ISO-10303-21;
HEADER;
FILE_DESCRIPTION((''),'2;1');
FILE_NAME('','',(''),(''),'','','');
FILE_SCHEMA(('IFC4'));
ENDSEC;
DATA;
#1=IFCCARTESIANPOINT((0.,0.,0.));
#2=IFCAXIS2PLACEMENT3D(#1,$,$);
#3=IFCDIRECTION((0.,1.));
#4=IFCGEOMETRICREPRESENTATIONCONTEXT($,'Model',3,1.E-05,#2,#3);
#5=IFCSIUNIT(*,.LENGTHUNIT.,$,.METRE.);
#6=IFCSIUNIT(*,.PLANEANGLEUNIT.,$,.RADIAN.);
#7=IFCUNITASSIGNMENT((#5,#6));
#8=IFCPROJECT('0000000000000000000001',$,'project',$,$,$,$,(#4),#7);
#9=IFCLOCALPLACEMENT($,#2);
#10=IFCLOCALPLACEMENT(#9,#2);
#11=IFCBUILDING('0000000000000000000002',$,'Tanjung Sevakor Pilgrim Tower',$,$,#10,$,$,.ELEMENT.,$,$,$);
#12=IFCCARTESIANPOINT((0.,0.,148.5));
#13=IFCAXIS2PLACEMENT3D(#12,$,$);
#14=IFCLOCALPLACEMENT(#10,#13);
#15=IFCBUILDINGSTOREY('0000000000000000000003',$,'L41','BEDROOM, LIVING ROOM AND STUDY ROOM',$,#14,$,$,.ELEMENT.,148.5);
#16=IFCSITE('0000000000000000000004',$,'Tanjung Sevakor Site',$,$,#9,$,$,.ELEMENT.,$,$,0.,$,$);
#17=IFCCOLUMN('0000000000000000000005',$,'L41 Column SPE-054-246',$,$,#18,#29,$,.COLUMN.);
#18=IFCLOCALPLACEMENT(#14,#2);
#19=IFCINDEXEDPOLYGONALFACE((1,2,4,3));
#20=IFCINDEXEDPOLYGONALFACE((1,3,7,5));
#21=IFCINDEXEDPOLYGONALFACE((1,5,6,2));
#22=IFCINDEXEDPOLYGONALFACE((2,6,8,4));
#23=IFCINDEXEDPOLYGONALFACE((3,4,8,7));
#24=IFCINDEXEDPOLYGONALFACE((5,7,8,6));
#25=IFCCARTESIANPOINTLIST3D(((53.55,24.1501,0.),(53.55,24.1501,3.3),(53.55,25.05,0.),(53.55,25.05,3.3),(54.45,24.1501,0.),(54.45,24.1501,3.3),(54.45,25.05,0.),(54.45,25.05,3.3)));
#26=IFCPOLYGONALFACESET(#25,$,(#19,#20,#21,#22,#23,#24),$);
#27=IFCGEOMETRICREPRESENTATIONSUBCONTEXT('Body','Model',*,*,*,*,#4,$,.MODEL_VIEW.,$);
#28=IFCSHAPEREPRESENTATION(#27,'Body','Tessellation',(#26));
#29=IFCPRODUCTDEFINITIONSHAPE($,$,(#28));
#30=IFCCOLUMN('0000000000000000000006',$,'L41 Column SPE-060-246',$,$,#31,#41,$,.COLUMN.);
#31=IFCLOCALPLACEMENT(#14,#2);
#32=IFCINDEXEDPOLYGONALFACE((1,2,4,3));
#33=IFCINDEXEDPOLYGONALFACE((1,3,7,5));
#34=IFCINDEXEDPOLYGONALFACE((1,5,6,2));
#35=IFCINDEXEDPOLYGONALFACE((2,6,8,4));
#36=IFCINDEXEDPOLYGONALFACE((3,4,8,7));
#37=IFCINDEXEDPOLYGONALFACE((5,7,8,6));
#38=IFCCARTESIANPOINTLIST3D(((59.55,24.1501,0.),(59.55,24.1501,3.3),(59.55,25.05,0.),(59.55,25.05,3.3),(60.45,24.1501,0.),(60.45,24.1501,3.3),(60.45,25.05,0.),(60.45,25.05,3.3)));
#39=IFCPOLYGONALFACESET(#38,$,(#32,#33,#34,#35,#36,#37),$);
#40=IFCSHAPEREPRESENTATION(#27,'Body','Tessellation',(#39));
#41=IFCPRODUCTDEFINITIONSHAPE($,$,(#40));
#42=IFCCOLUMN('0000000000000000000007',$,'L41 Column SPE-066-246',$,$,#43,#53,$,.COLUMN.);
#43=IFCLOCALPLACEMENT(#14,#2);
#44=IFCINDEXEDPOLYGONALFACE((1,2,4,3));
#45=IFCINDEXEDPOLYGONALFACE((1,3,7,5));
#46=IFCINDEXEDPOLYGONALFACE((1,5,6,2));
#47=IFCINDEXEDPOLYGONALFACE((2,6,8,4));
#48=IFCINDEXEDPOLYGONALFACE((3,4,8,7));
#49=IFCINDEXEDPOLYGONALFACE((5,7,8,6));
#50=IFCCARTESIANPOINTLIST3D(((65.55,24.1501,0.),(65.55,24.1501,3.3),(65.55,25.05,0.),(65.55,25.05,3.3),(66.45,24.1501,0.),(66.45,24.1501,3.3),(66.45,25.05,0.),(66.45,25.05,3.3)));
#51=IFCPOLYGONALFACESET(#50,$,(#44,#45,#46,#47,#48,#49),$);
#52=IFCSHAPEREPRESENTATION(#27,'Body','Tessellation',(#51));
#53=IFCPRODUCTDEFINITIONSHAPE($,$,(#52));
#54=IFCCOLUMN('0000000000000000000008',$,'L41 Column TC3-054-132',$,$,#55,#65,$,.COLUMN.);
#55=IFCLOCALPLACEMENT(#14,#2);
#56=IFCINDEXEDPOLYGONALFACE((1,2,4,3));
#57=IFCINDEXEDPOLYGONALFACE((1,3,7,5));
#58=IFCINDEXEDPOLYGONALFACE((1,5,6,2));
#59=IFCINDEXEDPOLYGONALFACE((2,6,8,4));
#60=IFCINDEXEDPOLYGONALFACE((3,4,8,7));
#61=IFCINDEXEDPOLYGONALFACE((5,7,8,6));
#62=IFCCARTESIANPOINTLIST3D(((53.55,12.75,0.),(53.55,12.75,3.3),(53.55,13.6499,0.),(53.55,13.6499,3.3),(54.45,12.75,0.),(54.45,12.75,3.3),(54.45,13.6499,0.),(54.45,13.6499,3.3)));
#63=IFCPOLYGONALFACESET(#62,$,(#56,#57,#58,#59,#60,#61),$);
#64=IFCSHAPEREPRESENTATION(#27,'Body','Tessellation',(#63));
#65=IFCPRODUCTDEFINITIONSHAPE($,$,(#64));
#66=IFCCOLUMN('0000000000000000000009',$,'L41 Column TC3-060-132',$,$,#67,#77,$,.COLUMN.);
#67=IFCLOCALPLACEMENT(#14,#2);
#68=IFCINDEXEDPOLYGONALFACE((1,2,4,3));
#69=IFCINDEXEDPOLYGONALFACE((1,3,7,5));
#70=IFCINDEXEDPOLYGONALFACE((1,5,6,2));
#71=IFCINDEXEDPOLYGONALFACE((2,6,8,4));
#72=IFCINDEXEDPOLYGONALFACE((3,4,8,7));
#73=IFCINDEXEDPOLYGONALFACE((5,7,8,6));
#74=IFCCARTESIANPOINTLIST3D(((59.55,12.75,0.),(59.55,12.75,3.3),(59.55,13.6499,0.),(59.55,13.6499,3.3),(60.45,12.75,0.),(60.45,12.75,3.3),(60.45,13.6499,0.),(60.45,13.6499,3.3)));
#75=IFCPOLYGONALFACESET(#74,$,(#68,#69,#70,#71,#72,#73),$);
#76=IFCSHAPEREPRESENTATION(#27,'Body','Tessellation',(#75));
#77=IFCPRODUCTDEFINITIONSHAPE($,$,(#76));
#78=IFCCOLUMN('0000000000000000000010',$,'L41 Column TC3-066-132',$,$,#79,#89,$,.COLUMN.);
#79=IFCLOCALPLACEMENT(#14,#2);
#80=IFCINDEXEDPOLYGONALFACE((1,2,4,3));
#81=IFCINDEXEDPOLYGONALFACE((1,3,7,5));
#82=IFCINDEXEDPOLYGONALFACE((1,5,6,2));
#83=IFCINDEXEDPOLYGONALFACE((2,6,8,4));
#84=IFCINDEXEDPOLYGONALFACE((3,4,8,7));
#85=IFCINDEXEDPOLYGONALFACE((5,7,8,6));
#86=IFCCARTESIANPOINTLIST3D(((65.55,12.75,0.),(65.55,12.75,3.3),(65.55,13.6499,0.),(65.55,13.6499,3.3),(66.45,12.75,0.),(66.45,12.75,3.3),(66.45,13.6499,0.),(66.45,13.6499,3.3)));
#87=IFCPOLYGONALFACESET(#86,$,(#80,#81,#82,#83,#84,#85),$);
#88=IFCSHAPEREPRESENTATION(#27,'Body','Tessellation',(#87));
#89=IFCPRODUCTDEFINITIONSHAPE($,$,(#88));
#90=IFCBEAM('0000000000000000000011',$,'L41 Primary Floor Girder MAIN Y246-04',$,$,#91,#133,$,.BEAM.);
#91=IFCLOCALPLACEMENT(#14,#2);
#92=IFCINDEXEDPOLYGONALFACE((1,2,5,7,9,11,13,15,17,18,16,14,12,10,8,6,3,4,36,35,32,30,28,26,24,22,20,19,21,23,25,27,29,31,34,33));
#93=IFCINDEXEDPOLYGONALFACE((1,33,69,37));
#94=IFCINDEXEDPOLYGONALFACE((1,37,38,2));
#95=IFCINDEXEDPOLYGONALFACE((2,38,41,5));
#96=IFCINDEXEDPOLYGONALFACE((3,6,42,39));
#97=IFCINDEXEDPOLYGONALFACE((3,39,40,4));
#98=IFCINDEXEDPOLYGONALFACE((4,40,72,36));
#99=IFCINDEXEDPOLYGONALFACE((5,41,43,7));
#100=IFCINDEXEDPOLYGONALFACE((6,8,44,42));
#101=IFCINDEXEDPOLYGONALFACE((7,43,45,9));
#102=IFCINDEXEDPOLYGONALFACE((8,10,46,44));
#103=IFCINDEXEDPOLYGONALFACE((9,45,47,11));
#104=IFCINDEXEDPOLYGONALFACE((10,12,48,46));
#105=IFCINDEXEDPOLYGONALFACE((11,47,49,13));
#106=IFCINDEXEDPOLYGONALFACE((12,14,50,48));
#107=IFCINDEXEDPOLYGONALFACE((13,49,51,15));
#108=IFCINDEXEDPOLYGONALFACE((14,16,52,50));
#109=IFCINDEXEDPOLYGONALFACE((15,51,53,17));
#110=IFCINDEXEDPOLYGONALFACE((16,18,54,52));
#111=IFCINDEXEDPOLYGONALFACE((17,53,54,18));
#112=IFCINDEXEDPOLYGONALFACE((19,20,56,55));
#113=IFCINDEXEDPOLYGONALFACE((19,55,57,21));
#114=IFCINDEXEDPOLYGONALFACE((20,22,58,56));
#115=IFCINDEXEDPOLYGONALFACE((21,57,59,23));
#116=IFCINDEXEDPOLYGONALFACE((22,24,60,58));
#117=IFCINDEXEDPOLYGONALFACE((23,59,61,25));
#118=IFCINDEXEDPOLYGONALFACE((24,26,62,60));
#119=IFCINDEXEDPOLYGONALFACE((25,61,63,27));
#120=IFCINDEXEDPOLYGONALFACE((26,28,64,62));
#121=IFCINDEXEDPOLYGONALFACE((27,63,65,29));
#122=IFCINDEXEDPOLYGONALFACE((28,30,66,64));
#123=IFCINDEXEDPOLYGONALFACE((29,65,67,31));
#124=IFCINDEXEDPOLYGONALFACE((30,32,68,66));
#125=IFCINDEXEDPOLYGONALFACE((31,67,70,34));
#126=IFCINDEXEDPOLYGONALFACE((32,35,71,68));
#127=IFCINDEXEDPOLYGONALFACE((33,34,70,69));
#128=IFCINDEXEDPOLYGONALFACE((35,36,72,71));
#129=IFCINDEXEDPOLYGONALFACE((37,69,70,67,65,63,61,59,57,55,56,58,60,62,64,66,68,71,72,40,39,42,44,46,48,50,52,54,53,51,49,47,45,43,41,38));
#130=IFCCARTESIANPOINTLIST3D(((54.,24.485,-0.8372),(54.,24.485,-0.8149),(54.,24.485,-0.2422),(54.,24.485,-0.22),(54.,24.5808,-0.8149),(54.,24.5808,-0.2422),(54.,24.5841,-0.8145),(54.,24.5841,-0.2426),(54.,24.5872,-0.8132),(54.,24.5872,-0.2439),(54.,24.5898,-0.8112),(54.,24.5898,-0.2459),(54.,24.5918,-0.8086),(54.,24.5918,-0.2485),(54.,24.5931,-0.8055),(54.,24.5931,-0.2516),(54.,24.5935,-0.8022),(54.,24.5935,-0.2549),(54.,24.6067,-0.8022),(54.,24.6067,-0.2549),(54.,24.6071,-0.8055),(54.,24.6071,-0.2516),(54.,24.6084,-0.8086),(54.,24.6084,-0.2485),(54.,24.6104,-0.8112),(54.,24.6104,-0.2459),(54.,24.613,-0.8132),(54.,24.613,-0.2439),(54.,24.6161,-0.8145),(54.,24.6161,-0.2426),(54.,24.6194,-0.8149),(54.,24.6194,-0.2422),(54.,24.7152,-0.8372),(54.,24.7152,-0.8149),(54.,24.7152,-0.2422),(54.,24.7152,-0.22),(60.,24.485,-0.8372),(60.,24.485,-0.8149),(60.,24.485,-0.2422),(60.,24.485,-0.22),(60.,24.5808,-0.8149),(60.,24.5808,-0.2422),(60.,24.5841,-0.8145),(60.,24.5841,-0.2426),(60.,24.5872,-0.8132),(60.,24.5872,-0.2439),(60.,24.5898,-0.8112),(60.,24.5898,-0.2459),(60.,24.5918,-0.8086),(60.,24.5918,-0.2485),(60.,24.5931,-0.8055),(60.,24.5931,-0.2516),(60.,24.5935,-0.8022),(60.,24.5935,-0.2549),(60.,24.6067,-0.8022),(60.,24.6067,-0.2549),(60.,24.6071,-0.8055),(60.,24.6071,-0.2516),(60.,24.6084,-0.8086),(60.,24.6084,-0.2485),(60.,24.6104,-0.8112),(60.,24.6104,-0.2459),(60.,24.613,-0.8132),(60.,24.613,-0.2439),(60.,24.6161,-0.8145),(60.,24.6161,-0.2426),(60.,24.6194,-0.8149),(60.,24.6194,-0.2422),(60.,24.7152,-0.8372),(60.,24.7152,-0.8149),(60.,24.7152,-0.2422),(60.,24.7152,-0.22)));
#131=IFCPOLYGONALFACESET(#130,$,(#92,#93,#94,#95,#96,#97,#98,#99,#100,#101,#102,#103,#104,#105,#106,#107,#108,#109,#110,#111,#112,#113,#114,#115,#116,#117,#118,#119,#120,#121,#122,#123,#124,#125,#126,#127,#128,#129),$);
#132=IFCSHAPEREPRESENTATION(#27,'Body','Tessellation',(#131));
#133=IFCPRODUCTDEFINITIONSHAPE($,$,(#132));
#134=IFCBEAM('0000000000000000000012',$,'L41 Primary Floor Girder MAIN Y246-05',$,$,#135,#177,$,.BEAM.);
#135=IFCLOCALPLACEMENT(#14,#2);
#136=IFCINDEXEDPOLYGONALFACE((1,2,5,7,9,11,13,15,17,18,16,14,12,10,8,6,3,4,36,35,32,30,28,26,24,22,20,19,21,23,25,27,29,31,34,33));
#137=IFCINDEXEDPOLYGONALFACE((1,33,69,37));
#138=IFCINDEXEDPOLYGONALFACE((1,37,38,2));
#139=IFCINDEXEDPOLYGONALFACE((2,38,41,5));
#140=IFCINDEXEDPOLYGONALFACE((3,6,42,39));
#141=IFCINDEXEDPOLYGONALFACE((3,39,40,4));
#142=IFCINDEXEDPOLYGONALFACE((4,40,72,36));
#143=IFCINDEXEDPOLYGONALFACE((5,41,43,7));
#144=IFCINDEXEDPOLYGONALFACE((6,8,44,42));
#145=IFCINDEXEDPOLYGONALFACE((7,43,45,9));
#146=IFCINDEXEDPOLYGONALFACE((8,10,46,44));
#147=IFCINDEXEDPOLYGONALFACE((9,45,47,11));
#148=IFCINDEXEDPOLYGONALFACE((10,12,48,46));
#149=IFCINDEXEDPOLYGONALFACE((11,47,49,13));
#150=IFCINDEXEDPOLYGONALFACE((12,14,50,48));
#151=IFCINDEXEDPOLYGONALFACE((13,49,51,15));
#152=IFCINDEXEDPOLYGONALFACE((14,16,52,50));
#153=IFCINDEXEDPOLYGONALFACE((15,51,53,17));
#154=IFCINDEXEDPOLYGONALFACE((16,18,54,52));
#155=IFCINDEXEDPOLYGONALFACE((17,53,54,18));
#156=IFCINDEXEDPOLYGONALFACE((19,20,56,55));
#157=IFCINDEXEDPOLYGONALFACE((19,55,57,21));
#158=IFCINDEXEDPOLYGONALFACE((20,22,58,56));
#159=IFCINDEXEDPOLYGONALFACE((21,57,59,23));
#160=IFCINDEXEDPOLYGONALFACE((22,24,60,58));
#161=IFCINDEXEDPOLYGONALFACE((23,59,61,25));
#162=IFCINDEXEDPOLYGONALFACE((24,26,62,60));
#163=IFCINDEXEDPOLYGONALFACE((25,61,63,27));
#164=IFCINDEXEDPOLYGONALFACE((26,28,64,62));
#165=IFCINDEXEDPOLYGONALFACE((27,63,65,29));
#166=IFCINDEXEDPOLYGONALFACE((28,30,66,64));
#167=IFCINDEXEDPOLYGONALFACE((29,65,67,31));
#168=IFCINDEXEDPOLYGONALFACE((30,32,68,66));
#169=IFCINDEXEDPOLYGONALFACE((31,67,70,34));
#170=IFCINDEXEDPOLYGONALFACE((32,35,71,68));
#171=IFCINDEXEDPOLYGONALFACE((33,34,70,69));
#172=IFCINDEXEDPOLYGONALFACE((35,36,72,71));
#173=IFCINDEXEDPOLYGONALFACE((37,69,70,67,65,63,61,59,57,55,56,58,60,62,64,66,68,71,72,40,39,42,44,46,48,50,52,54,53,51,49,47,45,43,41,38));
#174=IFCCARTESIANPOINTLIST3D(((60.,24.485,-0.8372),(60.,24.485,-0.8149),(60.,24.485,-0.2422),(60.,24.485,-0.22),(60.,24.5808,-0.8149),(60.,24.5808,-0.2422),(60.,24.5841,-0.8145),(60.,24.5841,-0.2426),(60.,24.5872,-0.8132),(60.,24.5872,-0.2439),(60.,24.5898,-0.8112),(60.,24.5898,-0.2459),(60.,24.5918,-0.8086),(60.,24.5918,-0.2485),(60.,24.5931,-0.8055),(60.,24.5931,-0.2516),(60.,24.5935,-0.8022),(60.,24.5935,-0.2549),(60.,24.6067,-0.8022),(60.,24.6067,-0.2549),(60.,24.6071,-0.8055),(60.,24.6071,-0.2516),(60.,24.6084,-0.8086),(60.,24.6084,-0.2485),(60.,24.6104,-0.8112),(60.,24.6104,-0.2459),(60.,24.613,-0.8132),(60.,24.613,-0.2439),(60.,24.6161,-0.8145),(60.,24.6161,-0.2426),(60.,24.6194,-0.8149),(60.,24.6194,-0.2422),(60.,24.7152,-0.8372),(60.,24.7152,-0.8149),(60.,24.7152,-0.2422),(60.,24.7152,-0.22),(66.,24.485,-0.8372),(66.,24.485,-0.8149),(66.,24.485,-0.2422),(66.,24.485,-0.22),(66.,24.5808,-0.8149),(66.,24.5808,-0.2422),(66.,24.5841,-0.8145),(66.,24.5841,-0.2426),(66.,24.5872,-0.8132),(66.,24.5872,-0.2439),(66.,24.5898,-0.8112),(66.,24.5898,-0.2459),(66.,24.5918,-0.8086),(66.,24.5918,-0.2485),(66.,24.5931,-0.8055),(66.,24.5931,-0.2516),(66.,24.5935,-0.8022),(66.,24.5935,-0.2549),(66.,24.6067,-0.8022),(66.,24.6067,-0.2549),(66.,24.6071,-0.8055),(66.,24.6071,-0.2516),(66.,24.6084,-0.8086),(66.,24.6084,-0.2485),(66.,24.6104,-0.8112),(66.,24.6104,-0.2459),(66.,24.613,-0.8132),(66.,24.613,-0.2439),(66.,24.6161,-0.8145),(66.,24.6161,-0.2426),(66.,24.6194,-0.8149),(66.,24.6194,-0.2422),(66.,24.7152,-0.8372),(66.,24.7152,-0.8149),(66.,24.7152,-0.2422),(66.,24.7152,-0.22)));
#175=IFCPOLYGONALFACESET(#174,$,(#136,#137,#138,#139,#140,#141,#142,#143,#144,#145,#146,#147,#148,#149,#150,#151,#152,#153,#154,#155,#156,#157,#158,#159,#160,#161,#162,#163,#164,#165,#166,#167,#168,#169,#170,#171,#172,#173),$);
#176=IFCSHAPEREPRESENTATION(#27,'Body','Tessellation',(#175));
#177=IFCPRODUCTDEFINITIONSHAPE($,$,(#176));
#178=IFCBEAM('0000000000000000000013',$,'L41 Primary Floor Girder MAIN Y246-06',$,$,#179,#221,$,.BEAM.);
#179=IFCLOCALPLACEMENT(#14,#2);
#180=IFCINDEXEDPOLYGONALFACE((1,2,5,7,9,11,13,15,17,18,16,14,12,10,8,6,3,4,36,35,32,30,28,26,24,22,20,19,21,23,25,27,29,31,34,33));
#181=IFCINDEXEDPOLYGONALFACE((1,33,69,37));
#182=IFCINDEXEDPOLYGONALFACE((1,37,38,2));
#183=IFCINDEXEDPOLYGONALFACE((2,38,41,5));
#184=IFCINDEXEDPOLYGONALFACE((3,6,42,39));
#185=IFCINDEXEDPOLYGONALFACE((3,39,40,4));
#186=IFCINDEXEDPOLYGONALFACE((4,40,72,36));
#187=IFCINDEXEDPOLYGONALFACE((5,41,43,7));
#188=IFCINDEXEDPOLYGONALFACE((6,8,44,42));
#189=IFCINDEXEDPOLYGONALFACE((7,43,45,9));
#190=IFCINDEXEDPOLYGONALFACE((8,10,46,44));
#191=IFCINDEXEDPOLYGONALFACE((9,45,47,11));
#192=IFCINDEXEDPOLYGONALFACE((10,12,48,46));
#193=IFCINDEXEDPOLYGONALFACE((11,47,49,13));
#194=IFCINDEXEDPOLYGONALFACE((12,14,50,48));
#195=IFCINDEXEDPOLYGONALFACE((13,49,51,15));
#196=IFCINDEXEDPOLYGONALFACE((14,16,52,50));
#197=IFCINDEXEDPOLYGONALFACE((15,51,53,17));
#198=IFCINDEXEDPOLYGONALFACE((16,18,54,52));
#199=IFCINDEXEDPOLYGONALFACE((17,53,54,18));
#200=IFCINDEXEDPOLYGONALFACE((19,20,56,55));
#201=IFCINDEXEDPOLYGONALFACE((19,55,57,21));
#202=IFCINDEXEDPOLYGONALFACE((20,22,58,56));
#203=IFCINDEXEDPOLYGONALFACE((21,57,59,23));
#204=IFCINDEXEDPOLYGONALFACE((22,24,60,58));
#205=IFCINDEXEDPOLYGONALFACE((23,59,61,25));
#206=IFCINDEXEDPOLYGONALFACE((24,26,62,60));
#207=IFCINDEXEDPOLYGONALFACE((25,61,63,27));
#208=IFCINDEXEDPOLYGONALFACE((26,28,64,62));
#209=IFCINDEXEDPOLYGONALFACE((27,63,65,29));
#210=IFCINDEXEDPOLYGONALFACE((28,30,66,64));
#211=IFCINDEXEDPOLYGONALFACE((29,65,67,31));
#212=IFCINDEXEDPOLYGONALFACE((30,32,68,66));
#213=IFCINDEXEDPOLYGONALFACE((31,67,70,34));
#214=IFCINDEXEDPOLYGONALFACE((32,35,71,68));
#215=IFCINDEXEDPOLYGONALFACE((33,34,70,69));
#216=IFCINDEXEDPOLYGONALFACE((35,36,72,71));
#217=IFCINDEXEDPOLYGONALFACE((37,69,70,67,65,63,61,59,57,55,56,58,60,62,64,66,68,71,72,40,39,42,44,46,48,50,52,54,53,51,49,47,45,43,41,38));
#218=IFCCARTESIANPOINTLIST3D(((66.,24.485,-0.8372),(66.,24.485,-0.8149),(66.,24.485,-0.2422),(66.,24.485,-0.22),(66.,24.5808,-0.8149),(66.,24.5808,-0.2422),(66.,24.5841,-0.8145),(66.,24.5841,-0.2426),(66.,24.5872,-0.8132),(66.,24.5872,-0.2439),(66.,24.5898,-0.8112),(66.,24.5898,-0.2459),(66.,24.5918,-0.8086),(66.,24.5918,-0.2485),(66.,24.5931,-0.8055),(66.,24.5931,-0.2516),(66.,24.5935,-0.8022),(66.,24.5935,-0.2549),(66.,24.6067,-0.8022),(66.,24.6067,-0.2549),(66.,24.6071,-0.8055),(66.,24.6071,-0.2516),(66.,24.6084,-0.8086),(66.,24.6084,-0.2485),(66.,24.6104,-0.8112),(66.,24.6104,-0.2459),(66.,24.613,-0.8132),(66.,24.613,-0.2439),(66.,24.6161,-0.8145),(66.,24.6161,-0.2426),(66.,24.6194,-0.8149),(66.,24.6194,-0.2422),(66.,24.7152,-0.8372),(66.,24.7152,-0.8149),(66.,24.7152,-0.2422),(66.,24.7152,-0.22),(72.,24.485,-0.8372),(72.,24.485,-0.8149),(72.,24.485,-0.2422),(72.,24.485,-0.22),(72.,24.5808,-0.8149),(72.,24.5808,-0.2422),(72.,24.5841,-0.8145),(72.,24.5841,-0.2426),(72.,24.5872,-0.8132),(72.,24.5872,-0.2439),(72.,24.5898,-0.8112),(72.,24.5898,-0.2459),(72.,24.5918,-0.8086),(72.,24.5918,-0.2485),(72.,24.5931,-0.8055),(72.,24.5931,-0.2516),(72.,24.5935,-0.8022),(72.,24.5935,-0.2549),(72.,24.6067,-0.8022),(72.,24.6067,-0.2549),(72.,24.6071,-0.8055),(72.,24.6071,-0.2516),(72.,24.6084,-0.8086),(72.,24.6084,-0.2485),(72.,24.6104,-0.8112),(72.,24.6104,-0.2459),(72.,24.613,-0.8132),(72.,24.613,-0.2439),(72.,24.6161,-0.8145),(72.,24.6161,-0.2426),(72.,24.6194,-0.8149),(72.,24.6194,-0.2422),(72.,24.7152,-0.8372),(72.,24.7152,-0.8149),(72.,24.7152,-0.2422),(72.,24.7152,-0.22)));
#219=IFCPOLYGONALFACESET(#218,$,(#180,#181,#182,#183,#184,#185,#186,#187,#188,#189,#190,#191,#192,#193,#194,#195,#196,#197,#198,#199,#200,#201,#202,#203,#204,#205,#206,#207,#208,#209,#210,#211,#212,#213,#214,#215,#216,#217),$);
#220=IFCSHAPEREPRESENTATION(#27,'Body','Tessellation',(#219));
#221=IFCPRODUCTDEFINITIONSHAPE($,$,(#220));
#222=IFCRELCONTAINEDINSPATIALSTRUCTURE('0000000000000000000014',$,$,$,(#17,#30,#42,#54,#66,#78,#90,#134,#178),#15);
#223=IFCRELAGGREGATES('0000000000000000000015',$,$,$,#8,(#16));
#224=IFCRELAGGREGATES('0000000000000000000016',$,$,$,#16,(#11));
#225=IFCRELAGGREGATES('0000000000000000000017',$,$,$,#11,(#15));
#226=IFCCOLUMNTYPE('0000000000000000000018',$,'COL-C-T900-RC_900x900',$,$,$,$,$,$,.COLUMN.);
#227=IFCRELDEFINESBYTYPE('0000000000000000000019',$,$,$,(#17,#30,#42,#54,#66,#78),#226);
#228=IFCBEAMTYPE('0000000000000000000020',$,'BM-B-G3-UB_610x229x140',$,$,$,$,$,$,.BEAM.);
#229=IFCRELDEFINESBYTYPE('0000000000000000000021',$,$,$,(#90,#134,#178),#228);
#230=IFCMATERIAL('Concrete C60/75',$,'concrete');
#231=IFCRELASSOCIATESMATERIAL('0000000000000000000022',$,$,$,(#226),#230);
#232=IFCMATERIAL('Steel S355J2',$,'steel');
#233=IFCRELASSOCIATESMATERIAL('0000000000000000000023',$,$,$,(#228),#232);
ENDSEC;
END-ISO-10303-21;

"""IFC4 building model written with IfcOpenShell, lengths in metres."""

from ifc_helpers import new_model, si_unit, direction, frame, origin, origin_2d, place, context, subcontext, project, spatial, rectangle, i_section, extrude, material, material_profile, profile_set, type_object, element, save


model = new_model("IFC4")

# Units and contexts
model_context = context("Model", 3, precision=1e-05, world=origin(), true_north=direction((0.0, 1.0)))
body_context = subcontext(model_context, "Body", "Model", "MODEL_VIEW")
ifc_project = project(units=[si_unit("LENGTHUNIT", "METRE"), si_unit("PLANEANGLEUNIT", "RADIAN")], contexts=[model_context])

# Site, building, storey
site_placement = place(None, origin())
site = spatial("IfcSite", under=ifc_project, at=site_placement, Name="Tanjung Sevakor Site", CompositionType="ELEMENT", RefElevation=0.0)
building_placement = place(site_placement, origin())
building = spatial("IfcBuilding", under=site, at=building_placement, Name="Tanjung Sevakor Pilgrim Tower", CompositionType="ELEMENT")
storey_placement = place(building_placement, frame((0.0, 0.0, 148.5)))
storey = spatial("IfcBuildingStorey", under=building, at=storey_placement, Name="L41", Description="BEDROOM, LIVING ROOM AND STUDY ROOM", CompositionType="ELEMENT", Elevation=148.5)

# Columns
ifc_material_1 = material(Name="Concrete C60/75", Category="concrete")
ifc_material_profile_1 = material_profile(ifc_material_1, rectangle(XDim=0.8999, YDim=0.8999, at=origin_2d()))
ifc_profile_set_1 = profile_set([ifc_material_profile_1], Name="Concrete C60/75")
column_type = type_object("IfcColumnType", Name="COL-C-T900-RC_900x900", PredefinedType="COLUMN", material=ifc_profile_set_1)
for number, where, z_axis, x_axis, name in (
    (1, (54.0, 24.6001, 0.0), (0.0, 0.0, 1.0), (1.0, 0.0, 0.0), "L41 Column SPE-054-246"),
    (2, (60.0, 24.6001, 0.0), (0.0, 0.0, 1.0), (1.0, 0.0, 0.0), "L41 Column SPE-060-246"),
    (3, (66.0, 24.6001, 0.0), (0.0, 0.0, 1.0), (1.0, 0.0, 0.0), "L41 Column SPE-066-246"),
    (4, (54.0, 13.2, 0.0), (0.0, 0.0, 1.0), (1.0, 0.0, 0.0), "L41 Column TC3-054-132"),
    (5, (60.0, 13.2, 0.0), (0.0, 0.0, 1.0), (1.0, 0.0, 0.0), "L41 Column TC3-060-132"),
    (6, (66.0, 13.2, 0.0), (0.0, 0.0, 1.0), (1.0, 0.0, 0.0), "L41 Column TC3-066-132"),
):
    element("IfcColumn", number, at=place(storey_placement, frame(where, z_axis=z_axis, x_axis=x_axis)), inside=storey, type_object=column_type, Name=name, PredefinedType="COLUMN", context=body_context, shape_type="SweptSolid", body=[
        extrude(rectangle(XDim=0.8999, YDim=0.8999, at=origin_2d()), origin(), (0.0, 0.0, 1.0), 3.3),
    ])

# Beams
ifc_material_2 = material(Name="Steel S355J2", Category="steel")
ifc_material_profile_2 = material_profile(ifc_material_2, i_section(OverallWidth=0.2302, OverallDepth=0.6172, WebThickness=0.0132, FlangeThickness=0.0222, FilletRadius=0.0127, at=origin_2d()))
ifc_profile_set_2 = profile_set([ifc_material_profile_2], Name="Steel S355J2")
beam_type_1 = type_object("IfcBeamType", Name="BM-B-G3-UB_610x229x140", PredefinedType="BEAM", material=ifc_profile_set_2)
for number, where, z_axis, x_axis, name in (
    (7, (54.0, 24.6001, -0.5286), (1.0, 0.0, 0.0), (0.0, 1.0, 0.0), "L41 Primary Floor Girder MAIN Y246-04"),
    (8, (60.0, 24.6001, -0.5286), (1.0, 0.0, 0.0), (0.0, 1.0, 0.0), "L41 Primary Floor Girder MAIN Y246-05"),
    (9, (66.0, 24.6001, -0.5286), (1.0, 0.0, 0.0), (0.0, 1.0, 0.0), "L41 Primary Floor Girder MAIN Y246-06"),
):
    element("IfcBeam", number, at=place(storey_placement, frame(where, z_axis=z_axis, x_axis=x_axis)), inside=storey, type_object=beam_type_1, Name=name, PredefinedType="BEAM", context=body_context, shape_type="SweptSolid", body=[
        extrude(i_section(OverallWidth=0.2302, OverallDepth=0.6172, WebThickness=0.0132, FlangeThickness=0.0222, FilletRadius=0.0127, at=origin_2d()), origin(), (0.0, 0.0, 1.0), 6.0),
    ])

save(model, "model.ifc")
